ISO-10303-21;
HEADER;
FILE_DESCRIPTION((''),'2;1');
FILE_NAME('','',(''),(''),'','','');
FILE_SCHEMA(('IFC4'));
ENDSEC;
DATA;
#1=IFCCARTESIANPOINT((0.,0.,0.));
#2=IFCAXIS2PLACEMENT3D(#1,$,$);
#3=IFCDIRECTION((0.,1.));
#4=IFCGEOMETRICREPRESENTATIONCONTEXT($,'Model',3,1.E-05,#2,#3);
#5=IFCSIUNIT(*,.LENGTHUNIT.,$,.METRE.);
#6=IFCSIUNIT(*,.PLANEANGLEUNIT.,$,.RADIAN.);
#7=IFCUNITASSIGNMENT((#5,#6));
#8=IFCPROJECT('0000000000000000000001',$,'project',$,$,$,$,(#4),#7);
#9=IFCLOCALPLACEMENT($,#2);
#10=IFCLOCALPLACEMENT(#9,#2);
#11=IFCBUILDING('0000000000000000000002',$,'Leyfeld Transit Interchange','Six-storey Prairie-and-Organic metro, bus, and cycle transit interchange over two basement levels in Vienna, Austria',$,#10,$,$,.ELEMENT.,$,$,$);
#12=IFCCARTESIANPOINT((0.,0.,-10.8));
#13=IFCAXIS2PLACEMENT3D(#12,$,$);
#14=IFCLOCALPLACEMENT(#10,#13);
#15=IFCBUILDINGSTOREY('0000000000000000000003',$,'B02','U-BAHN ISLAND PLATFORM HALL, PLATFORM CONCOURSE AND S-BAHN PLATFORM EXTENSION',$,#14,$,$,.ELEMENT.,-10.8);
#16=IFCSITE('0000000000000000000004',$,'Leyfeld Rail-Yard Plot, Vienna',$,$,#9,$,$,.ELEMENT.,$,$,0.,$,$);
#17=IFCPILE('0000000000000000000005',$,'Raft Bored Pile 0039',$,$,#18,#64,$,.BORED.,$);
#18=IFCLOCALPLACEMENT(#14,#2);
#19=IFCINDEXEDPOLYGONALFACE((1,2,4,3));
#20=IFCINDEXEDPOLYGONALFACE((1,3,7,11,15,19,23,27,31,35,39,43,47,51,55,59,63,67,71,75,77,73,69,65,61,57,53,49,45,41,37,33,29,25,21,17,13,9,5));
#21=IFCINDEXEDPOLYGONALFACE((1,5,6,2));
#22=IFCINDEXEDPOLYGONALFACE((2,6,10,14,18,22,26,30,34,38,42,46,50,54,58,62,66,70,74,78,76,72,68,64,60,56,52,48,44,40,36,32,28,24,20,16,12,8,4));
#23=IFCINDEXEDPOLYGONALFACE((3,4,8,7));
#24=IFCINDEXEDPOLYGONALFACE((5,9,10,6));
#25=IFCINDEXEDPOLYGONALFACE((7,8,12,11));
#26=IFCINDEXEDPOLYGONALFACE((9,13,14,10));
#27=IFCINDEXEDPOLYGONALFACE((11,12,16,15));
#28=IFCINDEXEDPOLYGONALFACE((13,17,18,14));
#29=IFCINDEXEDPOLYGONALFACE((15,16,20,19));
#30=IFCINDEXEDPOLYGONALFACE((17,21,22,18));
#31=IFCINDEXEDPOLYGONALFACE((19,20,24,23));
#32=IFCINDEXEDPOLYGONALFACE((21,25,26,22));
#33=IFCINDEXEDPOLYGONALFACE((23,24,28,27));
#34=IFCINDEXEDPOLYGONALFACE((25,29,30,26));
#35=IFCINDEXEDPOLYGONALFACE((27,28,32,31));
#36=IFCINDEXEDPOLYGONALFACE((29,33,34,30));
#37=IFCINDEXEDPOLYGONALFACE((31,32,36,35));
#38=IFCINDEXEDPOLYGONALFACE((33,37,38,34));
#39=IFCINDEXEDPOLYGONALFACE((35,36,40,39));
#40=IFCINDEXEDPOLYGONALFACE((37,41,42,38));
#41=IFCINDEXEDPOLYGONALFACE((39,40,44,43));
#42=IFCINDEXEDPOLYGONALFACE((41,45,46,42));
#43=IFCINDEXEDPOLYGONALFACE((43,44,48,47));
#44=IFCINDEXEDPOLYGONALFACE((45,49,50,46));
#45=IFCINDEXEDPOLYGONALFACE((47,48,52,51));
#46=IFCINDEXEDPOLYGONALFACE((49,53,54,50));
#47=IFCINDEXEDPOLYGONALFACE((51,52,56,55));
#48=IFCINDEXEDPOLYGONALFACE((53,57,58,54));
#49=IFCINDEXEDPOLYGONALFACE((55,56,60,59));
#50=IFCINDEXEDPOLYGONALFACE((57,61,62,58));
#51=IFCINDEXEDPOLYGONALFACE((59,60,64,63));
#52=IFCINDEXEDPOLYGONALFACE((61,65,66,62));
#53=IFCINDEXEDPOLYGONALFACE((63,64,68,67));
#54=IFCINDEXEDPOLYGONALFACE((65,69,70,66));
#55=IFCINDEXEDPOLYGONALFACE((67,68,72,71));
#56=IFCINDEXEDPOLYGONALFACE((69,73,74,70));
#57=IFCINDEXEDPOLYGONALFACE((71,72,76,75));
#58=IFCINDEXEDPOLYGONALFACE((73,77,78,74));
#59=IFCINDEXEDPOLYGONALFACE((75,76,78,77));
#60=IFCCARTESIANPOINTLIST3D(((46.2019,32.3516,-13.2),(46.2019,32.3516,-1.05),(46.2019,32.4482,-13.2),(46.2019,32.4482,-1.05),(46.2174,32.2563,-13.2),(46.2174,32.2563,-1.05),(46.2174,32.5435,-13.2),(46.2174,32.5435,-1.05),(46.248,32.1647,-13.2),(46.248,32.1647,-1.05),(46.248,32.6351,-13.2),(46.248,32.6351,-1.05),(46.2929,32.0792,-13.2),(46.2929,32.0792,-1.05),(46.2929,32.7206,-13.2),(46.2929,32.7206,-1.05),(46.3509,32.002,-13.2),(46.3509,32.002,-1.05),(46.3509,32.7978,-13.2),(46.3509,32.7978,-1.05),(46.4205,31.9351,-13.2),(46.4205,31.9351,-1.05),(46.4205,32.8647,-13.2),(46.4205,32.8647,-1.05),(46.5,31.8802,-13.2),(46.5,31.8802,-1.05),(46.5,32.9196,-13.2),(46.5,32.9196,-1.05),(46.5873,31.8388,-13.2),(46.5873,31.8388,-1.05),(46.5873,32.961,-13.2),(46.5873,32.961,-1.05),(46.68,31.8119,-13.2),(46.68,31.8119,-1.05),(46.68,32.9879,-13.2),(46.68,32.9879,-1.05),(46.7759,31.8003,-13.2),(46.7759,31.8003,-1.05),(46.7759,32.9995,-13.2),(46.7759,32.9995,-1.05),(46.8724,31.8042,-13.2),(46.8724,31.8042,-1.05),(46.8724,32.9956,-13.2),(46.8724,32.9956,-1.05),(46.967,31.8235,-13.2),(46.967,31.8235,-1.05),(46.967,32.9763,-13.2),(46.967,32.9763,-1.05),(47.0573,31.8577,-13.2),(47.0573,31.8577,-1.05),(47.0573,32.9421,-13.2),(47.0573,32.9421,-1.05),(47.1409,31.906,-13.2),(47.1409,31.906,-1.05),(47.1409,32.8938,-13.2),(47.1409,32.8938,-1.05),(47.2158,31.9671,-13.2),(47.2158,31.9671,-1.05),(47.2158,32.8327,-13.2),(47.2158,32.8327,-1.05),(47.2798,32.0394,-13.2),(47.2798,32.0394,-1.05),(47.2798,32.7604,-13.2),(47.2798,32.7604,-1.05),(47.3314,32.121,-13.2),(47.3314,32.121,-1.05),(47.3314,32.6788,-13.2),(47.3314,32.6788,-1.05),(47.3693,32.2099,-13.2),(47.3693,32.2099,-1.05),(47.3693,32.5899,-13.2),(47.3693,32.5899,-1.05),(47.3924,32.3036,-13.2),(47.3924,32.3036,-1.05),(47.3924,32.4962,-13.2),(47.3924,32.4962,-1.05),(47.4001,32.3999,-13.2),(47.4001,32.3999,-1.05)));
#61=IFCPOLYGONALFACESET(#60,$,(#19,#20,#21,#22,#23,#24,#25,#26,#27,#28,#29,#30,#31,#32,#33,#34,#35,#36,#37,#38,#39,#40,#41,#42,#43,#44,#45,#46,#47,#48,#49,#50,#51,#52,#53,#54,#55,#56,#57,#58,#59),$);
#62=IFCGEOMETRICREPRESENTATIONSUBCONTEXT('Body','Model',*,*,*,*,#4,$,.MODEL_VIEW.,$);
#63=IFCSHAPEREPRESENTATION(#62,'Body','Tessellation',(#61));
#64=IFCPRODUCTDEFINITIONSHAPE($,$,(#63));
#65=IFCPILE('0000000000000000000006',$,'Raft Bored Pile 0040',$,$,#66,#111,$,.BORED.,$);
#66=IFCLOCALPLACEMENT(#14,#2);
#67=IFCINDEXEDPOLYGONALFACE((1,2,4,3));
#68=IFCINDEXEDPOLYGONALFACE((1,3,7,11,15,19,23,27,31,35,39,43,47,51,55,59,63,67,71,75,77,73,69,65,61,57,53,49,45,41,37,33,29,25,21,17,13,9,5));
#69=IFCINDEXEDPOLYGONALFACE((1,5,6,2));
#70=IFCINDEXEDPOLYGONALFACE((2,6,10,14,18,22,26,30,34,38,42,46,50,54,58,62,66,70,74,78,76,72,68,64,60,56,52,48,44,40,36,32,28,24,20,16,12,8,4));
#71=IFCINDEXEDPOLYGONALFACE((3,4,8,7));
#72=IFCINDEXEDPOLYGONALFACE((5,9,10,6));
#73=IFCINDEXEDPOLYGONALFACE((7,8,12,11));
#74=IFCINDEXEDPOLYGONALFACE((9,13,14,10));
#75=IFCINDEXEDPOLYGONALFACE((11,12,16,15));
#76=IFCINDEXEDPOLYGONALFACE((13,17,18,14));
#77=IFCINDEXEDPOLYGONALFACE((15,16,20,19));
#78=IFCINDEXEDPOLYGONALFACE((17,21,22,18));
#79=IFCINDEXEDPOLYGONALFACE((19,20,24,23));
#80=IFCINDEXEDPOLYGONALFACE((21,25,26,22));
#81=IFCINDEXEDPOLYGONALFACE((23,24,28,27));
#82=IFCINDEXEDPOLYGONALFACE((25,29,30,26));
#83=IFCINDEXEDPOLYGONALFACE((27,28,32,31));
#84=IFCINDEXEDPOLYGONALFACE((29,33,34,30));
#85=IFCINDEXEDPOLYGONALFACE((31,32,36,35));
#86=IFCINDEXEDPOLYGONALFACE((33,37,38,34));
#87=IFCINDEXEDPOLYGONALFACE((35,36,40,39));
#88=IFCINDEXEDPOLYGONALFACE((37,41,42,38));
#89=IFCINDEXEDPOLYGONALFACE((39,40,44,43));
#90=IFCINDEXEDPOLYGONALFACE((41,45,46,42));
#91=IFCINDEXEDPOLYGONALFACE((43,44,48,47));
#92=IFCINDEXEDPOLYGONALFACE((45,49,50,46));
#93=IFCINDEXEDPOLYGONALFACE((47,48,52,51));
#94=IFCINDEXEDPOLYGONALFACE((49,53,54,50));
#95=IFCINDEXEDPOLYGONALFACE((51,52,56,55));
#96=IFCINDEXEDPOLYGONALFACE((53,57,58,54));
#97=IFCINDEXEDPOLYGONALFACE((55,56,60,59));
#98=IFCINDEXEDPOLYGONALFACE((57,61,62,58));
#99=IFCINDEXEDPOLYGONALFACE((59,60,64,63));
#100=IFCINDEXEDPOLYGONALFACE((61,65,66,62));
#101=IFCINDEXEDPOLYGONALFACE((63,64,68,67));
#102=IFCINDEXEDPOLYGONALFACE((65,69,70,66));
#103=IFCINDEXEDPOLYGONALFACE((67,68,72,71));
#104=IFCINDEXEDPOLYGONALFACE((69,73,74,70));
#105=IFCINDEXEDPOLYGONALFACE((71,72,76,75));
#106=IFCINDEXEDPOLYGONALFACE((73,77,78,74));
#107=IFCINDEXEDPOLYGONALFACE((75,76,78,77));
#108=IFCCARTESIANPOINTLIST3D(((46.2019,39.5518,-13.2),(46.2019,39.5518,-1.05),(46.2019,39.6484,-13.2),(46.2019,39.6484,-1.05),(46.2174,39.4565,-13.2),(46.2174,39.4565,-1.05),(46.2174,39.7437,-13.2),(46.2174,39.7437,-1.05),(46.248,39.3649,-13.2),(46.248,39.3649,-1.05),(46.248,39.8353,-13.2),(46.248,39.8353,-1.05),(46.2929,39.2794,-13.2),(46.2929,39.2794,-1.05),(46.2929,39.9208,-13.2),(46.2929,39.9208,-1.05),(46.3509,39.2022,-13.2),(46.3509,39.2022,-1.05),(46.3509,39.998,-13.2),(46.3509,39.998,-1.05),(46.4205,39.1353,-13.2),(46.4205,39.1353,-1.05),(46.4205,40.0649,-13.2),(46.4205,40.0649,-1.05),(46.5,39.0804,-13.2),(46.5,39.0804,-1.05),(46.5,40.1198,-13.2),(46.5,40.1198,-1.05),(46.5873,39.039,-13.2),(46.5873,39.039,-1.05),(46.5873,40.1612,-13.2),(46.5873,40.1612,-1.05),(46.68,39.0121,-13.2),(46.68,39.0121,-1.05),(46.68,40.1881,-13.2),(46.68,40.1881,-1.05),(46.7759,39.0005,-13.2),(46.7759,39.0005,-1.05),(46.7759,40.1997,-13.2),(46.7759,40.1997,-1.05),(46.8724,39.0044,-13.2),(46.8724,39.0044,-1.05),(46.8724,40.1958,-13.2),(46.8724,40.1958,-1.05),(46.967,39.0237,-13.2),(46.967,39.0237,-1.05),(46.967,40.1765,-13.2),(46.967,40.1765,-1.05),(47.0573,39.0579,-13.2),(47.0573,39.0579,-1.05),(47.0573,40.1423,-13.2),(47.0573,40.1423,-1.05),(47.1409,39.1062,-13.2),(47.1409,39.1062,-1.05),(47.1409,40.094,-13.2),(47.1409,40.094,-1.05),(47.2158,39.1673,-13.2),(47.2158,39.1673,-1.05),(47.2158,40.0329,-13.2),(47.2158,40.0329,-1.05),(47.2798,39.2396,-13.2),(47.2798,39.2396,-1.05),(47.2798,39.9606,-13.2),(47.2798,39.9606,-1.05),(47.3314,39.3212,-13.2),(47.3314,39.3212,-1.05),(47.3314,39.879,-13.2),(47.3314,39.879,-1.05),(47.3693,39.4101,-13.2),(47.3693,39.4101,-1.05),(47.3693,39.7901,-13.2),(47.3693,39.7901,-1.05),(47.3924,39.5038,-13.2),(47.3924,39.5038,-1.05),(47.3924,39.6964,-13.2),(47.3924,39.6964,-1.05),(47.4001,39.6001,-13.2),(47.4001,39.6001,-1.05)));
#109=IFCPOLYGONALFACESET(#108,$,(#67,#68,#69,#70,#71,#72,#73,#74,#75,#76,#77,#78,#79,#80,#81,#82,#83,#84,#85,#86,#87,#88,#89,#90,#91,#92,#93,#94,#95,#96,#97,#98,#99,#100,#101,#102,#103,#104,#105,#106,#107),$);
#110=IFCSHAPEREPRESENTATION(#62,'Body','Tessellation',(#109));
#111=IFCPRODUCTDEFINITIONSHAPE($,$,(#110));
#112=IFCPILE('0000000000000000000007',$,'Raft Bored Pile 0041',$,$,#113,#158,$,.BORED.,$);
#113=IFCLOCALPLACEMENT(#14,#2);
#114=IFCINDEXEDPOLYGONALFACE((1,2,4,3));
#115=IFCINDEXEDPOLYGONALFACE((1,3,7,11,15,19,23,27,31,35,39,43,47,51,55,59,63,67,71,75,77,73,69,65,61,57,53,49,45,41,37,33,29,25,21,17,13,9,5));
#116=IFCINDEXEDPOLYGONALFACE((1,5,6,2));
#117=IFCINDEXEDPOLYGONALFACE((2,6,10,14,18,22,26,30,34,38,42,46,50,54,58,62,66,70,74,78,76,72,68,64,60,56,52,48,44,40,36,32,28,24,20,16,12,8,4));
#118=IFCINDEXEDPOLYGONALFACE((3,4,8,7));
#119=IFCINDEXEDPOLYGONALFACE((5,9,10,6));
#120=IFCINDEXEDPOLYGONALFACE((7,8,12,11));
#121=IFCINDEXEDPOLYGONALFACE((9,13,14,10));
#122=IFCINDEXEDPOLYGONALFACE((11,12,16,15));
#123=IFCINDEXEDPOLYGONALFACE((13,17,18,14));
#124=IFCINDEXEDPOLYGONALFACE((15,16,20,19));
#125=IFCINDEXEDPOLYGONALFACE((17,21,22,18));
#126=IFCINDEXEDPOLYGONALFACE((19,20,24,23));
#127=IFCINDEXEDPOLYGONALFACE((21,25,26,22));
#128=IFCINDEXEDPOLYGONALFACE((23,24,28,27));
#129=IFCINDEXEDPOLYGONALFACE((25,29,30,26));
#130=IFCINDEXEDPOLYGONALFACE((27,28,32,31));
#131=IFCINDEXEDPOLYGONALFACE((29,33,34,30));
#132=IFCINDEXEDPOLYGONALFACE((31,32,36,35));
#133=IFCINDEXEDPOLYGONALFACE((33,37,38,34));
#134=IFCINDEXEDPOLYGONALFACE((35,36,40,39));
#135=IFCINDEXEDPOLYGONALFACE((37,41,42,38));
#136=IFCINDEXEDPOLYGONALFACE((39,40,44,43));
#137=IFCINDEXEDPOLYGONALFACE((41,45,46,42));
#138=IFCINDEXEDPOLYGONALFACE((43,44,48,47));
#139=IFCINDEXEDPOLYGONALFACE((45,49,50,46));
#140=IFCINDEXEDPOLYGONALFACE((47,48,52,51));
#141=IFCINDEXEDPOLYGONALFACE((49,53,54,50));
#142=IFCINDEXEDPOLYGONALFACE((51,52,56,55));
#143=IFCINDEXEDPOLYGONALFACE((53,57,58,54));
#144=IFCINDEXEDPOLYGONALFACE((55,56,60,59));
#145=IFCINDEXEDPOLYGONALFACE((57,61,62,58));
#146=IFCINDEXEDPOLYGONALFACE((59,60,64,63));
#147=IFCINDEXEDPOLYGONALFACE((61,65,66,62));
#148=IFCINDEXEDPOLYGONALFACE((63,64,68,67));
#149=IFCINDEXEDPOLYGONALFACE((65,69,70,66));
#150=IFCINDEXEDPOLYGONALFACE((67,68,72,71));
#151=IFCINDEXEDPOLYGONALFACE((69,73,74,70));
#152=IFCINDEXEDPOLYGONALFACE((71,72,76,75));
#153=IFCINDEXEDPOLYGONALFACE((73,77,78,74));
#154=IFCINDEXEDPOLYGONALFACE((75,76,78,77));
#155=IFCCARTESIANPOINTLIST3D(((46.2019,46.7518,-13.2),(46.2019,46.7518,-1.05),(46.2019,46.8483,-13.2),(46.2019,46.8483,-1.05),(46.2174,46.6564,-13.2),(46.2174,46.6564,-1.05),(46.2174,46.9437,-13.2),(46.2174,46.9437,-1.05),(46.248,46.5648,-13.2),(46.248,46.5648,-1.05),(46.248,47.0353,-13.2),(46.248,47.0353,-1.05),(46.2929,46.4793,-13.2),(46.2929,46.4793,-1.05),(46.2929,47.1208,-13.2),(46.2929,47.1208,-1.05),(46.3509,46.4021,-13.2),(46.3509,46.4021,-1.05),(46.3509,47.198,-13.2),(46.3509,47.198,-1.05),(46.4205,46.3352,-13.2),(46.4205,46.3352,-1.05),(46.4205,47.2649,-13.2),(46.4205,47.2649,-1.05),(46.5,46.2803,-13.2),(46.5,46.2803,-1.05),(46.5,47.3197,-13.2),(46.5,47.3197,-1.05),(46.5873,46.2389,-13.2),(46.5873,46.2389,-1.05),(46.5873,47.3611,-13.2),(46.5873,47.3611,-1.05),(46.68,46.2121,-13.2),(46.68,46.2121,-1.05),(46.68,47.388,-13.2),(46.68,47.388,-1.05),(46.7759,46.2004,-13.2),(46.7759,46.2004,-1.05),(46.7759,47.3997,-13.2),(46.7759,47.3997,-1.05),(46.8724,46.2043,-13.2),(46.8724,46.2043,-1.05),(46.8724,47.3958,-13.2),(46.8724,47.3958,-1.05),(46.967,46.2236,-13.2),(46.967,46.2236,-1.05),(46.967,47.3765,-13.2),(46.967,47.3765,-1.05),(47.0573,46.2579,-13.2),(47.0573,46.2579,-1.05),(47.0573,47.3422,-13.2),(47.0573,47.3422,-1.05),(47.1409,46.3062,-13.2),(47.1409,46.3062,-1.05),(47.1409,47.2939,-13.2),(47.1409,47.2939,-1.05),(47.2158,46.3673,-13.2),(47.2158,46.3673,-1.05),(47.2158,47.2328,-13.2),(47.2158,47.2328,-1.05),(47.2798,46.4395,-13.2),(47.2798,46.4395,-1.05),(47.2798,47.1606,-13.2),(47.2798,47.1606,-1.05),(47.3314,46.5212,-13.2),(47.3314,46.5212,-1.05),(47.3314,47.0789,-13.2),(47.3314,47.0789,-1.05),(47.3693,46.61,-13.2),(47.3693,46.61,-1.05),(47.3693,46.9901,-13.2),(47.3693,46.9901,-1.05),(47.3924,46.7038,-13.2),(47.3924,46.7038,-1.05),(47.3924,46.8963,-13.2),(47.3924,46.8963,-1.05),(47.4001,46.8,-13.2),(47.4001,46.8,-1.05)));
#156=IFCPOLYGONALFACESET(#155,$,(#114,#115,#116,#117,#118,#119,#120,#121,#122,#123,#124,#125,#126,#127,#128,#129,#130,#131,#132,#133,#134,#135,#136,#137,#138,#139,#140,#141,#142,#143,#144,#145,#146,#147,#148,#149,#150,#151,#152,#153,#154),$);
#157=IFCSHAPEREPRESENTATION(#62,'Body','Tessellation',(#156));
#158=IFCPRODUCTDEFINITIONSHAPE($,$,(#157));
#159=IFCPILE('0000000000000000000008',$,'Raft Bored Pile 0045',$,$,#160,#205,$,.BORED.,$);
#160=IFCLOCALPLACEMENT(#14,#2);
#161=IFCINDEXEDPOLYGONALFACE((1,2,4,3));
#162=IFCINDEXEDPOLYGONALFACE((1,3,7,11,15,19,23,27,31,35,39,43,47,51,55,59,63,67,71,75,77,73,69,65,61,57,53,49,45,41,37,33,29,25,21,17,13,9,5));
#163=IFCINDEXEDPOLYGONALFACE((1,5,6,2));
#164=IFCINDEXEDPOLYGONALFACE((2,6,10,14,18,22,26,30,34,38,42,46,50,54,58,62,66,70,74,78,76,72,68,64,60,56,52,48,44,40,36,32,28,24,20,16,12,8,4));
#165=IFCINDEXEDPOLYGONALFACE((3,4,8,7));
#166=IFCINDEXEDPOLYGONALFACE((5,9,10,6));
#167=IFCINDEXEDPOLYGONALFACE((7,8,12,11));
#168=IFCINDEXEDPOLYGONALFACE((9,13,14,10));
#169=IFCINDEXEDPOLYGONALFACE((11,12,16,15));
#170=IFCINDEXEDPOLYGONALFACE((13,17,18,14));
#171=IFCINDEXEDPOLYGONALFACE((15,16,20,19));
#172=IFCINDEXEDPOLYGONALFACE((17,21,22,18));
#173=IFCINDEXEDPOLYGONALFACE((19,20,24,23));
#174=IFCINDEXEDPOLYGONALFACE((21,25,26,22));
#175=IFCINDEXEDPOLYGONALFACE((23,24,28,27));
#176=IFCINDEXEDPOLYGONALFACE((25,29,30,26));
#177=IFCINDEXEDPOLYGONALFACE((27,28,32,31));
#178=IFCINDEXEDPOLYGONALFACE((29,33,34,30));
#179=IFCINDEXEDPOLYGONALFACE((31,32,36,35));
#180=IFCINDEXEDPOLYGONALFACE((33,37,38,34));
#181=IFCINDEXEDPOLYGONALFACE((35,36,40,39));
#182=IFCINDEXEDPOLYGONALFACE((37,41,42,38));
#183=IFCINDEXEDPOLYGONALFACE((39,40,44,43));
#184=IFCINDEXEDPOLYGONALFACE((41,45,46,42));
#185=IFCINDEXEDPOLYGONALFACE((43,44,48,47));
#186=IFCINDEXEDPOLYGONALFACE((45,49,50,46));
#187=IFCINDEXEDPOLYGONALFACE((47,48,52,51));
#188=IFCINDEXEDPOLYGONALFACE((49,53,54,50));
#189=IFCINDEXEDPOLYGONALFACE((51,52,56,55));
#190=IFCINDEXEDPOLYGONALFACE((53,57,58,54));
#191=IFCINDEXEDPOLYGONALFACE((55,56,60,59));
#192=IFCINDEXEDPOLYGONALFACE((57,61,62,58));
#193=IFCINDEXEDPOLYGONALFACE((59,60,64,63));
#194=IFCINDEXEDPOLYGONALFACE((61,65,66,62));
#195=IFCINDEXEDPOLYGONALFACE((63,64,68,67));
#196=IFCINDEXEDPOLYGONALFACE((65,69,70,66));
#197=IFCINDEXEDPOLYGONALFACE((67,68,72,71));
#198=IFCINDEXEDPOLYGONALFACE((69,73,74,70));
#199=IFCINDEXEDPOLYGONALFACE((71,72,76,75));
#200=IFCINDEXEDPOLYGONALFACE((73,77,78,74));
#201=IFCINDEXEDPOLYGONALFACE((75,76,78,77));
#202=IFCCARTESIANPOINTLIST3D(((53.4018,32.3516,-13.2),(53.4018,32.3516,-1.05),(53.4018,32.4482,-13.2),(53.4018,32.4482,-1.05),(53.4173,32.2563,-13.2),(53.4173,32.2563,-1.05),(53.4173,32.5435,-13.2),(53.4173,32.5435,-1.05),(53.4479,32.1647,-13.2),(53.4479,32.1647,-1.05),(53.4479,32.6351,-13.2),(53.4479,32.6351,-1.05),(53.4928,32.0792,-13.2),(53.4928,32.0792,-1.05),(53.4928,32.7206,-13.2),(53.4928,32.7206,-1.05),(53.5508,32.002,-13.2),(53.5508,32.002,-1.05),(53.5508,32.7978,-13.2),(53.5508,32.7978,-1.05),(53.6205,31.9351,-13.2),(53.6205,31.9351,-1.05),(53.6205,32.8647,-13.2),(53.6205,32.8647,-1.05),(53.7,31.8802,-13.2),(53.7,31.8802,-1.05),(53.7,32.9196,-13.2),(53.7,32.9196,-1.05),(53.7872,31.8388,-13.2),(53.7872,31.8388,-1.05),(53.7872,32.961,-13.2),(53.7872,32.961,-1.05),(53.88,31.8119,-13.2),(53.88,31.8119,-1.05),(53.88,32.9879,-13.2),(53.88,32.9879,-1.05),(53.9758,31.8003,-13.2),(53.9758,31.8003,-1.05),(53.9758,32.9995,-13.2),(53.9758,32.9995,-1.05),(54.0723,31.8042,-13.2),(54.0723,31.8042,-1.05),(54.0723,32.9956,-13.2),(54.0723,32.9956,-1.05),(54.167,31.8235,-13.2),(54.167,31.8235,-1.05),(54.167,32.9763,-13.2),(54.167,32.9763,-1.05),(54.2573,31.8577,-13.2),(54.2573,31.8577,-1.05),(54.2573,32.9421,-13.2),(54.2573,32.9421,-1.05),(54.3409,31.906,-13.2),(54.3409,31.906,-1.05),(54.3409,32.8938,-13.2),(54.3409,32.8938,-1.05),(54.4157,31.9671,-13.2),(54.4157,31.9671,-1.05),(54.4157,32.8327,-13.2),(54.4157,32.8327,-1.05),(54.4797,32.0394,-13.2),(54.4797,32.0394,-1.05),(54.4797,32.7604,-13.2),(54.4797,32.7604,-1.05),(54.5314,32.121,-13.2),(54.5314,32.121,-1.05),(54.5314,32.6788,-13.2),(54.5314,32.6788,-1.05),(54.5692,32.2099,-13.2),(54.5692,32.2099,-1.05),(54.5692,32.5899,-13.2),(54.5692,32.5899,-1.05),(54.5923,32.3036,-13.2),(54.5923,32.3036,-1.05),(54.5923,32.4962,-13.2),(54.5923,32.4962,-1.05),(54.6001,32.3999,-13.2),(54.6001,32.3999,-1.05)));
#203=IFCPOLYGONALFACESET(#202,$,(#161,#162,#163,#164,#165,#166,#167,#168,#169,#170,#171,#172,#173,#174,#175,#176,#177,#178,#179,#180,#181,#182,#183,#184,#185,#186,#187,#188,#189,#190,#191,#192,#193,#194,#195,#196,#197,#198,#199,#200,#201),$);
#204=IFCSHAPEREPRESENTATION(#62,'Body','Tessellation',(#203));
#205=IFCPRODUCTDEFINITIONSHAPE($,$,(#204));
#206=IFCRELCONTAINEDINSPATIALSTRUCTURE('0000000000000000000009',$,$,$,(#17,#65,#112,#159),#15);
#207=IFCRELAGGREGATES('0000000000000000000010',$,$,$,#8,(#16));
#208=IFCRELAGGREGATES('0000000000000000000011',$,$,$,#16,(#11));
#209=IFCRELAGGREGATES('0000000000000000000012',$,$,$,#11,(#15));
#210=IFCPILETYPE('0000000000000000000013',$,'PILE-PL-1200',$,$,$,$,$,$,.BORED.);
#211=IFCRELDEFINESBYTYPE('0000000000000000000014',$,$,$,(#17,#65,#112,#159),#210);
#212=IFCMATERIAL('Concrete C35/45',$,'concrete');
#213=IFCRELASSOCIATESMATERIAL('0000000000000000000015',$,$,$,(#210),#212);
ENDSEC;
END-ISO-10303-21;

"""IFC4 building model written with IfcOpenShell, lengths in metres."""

from ifc_helpers import new_model, si_unit, direction, frame, origin, origin_2d, place, context, subcontext, project, spatial, circle, extrude, material, material_profile, profile_set, type_object, element, save


model = new_model("IFC4")

# Units and contexts
model_context = context("Model", 3, precision=1e-05, world=origin(), true_north=direction((0.0, 1.0)))
body_context = subcontext(model_context, "Body", "Model", "MODEL_VIEW")
ifc_project = project(units=[si_unit("LENGTHUNIT", "METRE"), si_unit("PLANEANGLEUNIT", "RADIAN")], contexts=[model_context])

# Site, building, storey
site_placement = place(None, origin())
site = spatial("IfcSite", under=ifc_project, at=site_placement, Name="Leyfeld Rail-Yard Plot, Vienna", CompositionType="ELEMENT", RefElevation=0.0)
building_placement = place(site_placement, origin())
building = spatial("IfcBuilding", under=site, at=building_placement, Name="Leyfeld Transit Interchange", Description="Six-storey Prairie-and-Organic metro, bus, and cycle transit interchange over two basement levels in Vienna, Austria", CompositionType="ELEMENT")
storey_placement = place(building_placement, frame((0.0, 0.0, -10.8)))
storey = spatial("IfcBuildingStorey", under=building, at=storey_placement, Name="B02", Description="U-BAHN ISLAND PLATFORM HALL, PLATFORM CONCOURSE AND S-BAHN PLATFORM EXTENSION", CompositionType="ELEMENT", Elevation=-10.8)

# Piles
ifc_material_1 = material(Name="Concrete C35/45", Category="concrete")
ifc_material_profile_1 = material_profile(ifc_material_1, circle(Radius=0.6001, at=origin_2d()), Name="PILE D1200")
ifc_profile_set_1 = profile_set([ifc_material_profile_1], Name="Concrete C35/45")
pile_type = type_object("IfcPileType", Name="PILE-PL-1200", PredefinedType="BORED", material=ifc_profile_set_1)
for number, where, z_axis, x_axis, name in (
    (1, (46.8, 32.3999, -1.05), (0.0, 0.0, -1.0), (1.0, 0.0, 0.0), "Raft Bored Pile 0039"),
    (2, (46.8, 39.6001, -1.05), (0.0, 0.0, -1.0), (1.0, 0.0, 0.0), "Raft Bored Pile 0040"),
    (3, (46.8, 46.8, -1.05), (0.0, 0.0, -1.0), (1.0, 0.0, 0.0), "Raft Bored Pile 0041"),
    (4, (54.0, 32.3999, -1.05), (0.0, 0.0, -1.0), (1.0, 0.0, 0.0), "Raft Bored Pile 0045"),
):
    element("IfcPile", number, at=place(storey_placement, frame(where, z_axis=z_axis, x_axis=x_axis)), inside=storey, type_object=pile_type, Name=name, PredefinedType="BORED", context=body_context, shape_type="SweptSolid", body=[
        extrude(circle(Radius=0.6001, at=origin_2d()), origin(), (0.0, 0.0, 1.0), 12.1499),
    ])

save(model, "model.ifc")
